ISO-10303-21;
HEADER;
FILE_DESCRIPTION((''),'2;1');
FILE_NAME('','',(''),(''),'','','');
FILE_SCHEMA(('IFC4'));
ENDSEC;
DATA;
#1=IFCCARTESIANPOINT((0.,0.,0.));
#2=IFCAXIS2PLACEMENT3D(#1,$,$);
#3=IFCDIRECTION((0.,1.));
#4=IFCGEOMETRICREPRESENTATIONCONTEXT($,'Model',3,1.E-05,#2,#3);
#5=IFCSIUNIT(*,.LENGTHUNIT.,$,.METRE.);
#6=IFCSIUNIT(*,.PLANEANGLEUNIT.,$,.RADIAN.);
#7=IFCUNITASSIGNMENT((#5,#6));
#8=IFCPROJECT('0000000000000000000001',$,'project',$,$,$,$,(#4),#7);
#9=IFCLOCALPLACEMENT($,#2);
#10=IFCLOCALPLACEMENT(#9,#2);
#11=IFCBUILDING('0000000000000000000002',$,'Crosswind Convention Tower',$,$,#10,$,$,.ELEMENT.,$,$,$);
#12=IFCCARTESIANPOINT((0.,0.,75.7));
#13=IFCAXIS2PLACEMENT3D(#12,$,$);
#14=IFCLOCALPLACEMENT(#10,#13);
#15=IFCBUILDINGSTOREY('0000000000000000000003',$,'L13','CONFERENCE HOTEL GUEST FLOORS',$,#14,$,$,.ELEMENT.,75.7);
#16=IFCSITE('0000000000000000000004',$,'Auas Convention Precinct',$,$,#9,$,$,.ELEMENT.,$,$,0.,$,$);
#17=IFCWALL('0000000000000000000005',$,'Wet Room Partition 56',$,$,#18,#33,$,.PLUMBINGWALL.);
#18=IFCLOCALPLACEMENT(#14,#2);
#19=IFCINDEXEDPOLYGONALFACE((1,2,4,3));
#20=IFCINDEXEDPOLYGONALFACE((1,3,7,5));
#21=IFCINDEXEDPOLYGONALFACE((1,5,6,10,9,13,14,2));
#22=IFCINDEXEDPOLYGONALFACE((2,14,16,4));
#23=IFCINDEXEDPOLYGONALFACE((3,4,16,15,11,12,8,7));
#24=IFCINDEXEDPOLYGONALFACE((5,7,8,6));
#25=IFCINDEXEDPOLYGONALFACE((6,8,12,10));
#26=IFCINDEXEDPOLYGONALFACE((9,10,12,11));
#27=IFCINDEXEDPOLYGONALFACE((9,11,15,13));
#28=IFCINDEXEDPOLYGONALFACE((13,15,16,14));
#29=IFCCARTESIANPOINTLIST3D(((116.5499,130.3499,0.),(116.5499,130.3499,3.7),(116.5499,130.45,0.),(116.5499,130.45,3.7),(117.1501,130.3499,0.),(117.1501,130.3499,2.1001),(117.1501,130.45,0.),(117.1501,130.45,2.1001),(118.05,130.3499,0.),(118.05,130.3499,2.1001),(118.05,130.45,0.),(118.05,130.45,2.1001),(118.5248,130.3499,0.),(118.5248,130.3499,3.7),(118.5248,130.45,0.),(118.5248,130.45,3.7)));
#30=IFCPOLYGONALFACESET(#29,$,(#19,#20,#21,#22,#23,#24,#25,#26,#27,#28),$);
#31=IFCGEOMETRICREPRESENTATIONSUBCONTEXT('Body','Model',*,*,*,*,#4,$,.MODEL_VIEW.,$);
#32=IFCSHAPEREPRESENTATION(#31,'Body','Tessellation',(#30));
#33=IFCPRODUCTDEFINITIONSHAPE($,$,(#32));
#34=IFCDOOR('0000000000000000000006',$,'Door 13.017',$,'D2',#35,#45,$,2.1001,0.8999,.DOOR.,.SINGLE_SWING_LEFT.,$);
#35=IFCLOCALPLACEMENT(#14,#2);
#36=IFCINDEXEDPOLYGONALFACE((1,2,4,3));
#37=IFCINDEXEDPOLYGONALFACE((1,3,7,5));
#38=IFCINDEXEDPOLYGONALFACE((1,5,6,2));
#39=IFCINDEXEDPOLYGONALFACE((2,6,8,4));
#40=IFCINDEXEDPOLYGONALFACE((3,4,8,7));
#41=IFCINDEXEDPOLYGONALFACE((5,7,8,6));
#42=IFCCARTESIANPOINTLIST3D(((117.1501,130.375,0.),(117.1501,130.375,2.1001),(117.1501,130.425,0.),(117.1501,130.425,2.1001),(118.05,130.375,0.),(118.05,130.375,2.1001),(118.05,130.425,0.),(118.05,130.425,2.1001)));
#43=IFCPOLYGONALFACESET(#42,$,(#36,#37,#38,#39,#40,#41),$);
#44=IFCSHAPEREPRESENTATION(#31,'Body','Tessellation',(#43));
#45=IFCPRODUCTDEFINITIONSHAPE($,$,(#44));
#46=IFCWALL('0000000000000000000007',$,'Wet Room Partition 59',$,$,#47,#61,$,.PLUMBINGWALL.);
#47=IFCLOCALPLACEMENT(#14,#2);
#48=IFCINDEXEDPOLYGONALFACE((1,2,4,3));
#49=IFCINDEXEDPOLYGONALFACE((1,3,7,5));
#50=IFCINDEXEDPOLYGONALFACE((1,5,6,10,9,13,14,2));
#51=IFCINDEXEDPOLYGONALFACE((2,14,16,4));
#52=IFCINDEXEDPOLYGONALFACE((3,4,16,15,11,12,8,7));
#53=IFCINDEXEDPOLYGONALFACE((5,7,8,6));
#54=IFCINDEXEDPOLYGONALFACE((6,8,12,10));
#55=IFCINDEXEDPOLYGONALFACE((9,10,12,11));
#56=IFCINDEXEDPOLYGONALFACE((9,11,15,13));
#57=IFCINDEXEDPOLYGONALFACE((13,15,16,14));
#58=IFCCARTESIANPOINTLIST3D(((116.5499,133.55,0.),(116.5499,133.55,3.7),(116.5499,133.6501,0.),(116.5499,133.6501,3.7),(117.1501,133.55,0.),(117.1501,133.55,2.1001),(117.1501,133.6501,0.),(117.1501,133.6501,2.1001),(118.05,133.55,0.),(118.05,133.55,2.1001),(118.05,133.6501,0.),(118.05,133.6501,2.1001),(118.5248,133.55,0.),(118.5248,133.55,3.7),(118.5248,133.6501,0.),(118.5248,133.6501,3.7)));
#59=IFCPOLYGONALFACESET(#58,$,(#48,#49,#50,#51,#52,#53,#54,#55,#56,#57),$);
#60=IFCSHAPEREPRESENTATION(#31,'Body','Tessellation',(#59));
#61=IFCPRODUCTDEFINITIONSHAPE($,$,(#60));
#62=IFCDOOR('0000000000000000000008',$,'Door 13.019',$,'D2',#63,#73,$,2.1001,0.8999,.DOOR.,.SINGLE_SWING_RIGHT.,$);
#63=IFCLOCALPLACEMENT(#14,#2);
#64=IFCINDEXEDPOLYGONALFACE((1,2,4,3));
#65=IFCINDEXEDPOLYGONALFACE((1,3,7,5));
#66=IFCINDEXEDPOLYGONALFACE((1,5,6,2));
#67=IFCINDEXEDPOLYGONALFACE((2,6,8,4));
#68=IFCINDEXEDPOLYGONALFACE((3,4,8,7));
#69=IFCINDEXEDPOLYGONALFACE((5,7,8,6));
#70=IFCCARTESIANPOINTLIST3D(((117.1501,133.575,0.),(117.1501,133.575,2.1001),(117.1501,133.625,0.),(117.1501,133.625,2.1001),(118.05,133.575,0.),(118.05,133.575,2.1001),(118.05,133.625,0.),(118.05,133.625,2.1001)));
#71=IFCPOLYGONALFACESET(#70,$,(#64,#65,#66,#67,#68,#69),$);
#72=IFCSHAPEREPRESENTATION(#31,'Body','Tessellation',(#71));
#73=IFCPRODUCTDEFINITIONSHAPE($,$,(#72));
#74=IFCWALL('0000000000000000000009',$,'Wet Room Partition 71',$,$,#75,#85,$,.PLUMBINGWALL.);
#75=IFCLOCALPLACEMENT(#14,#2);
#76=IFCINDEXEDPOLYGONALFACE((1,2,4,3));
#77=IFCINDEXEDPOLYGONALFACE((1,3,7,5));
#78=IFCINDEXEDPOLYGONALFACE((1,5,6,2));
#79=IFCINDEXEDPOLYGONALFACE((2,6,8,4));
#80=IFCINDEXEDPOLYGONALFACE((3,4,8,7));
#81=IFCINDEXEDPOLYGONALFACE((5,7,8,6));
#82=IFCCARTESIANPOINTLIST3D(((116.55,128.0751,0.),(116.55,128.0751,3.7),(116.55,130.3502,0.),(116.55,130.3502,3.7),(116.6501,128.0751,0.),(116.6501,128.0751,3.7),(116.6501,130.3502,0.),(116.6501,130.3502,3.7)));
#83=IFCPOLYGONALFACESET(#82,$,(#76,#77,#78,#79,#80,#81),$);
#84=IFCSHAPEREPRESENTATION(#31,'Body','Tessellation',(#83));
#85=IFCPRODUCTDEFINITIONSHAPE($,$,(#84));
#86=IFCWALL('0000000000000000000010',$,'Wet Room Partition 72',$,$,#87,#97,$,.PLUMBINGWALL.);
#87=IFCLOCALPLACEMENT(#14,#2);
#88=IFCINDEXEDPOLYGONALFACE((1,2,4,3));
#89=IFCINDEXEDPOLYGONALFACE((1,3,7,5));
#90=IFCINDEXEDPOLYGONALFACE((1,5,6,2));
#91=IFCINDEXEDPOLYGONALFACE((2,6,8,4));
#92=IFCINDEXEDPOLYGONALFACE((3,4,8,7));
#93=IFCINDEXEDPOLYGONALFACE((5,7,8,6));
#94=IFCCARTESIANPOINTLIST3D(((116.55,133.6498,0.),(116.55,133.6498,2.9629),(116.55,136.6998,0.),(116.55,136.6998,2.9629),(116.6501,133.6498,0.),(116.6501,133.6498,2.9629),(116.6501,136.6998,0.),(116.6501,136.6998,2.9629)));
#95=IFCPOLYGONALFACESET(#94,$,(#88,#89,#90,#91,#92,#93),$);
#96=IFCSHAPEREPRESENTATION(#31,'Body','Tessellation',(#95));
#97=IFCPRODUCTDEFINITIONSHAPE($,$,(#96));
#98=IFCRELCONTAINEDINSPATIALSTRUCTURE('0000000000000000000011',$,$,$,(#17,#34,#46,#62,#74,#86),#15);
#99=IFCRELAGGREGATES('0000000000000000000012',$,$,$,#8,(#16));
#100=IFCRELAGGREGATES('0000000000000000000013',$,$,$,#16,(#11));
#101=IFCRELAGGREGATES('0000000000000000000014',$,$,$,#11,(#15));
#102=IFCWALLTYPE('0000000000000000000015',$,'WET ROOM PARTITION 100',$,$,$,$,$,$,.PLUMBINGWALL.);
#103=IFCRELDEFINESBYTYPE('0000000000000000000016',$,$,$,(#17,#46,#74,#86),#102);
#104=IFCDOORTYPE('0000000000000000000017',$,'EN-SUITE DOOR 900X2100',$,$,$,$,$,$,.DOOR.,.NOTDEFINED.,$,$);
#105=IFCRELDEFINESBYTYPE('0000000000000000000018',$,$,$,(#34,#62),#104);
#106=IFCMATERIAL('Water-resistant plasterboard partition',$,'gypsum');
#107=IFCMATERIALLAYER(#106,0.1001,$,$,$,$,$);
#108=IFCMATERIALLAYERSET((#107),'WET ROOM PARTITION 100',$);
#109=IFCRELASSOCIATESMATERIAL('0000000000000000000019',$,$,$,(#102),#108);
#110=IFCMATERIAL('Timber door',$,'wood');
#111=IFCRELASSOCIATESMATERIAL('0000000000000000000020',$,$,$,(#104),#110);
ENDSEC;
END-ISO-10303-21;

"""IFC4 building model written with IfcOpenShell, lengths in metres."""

from ifc_helpers import new_model, si_unit, direction, frame, frame_2d, origin, place, context, subcontext, project, spatial, rectangle, extrude, material, layer, layer_set, type_object, element, fill, save


model = new_model("IFC4")

# Units and contexts
model_context = context("Model", 3, precision=1e-05, world=origin(), true_north=direction((0.0, 1.0)))
body_context = subcontext(model_context, "Body", "Model", "MODEL_VIEW")
ifc_project = project(units=[si_unit("LENGTHUNIT", "METRE"), si_unit("PLANEANGLEUNIT", "RADIAN")], contexts=[model_context])

# Site, building, storey
site_placement = place(None, origin())
site = spatial("IfcSite", under=ifc_project, at=site_placement, Name="Auas Convention Precinct", CompositionType="ELEMENT", RefElevation=0.0)
building_placement = place(site_placement, origin())
building = spatial("IfcBuilding", under=site, at=building_placement, Name="Crosswind Convention Tower", CompositionType="ELEMENT")
storey_placement = place(building_placement, frame((0.0, 0.0, 75.7)))
storey = spatial("IfcBuildingStorey", under=building, at=storey_placement, Name="L13", Description="CONFERENCE HOTEL GUEST FLOORS", CompositionType="ELEMENT", Elevation=75.7)

# Walls, openings, doors
ifc_material_1 = material(Name="Water-resistant plasterboard partition", Category="gypsum")
ifc_layer_1 = layer(ifc_material_1, 0.1001)
ifc_layer_set_1 = layer_set([ifc_layer_1], Name="WET ROOM PARTITION 100")
wall_type_1 = type_object("IfcWallType", Name="WET ROOM PARTITION 100", PredefinedType="PLUMBINGWALL", material=ifc_layer_set_1)
wall_1_placement = place(storey_placement, frame((116.55, 130.3999, 0.0), z_axis=(0.0, 0.0, 1.0), x_axis=(1.0, 0.0, 0.0)))
wall_1 = element("IfcWall", 1, at=wall_1_placement, inside=storey, type_object=wall_type_1, Name="Wet Room Partition 56", PredefinedType="PLUMBINGWALL", context=body_context, shape_type="SweptSolid", body=[
    extrude(rectangle(XDim=1.9749, YDim=0.1001, at=frame_2d((0.9873, 0.0))), origin(), (0.0, 0.0, 1.0), 3.7),
])
opening_1_placement = place(wall_1_placement, frame((0.6001, 0.0, 0.0)))
opening_1 = element("IfcOpeningElement", 2, at=opening_1_placement, cuts=wall_1, PredefinedType="OPENING", context=body_context, shape_type="SweptSolid", body=[
    extrude(rectangle(XDim=0.8999, YDim=2.1001, at=frame_2d((0.45, 1.05))), frame((0.0, 0.0601, 0.0), z_axis=(0.0, -1.0, 0.0), x_axis=(1.0, 0.0, 0.0)), (0.0, 0.0, 1.0), 0.1201),
])
ifc_material_2 = material(Name="Timber door", Category="wood")
door_type = type_object("IfcDoorType", Name="EN-SUITE DOOR 900X2100", OperationType="NOTDEFINED", PredefinedType="DOOR", material=ifc_material_2)
door_1_placement = place(opening_1_placement, frame((0.8999, 0.0, 0.0), z_axis=(0.0, 0.0, 1.0), x_axis=(-1.0, 0.0, 0.0)))
door_1 = element("IfcDoor", 3, at=door_1_placement, inside=storey, type_object=door_type, Name="Door 13.017", ObjectType="D2", OperationType="SINGLE_SWING_LEFT", OverallHeight=2.1001, OverallWidth=0.8999, PredefinedType="DOOR", context=body_context, shape_type="SweptSolid", body=[
    extrude(rectangle(XDim=0.8999, YDim=2.1001, at=frame_2d((0.45, 1.05))), frame((0.0, 0.0249, 0.0), z_axis=(0.0, -1.0, 0.0), x_axis=(1.0, 0.0, 0.0)), (0.0, 0.0, 1.0), 0.05),
])
fill(opening_1, door_1)
wall_2_placement = place(storey_placement, frame((116.55, 133.6001, 0.0), z_axis=(0.0, 0.0, 1.0), x_axis=(1.0, 0.0, 0.0)))
wall_2 = element("IfcWall", 4, at=wall_2_placement, inside=storey, type_object=wall_type_1, Name="Wet Room Partition 59", PredefinedType="PLUMBINGWALL", context=body_context, shape_type="SweptSolid", body=[
    extrude(rectangle(XDim=1.9749, YDim=0.1001, at=frame_2d((0.9873, 0.0))), origin(), (0.0, 0.0, 1.0), 3.7),
])
opening_2_placement = place(wall_2_placement, frame((0.6001, 0.0, 0.0)))
opening_2 = element("IfcOpeningElement", 5, at=opening_2_placement, cuts=wall_2, PredefinedType="OPENING", context=body_context, shape_type="SweptSolid", body=[
    extrude(rectangle(XDim=0.8999, YDim=2.1001, at=frame_2d((0.45, 1.05))), frame((0.0, 0.0601, 0.0), z_axis=(0.0, -1.0, 0.0), x_axis=(1.0, 0.0, 0.0)), (0.0, 0.0, 1.0), 0.1201),
])
door_2_placement = place(opening_2_placement, origin())
door_2 = element("IfcDoor", 6, at=door_2_placement, inside=storey, type_object=door_type, Name="Door 13.019", ObjectType="D2", OperationType="SINGLE_SWING_RIGHT", OverallHeight=2.1001, OverallWidth=0.8999, PredefinedType="DOOR", context=body_context, shape_type="SweptSolid", body=[
    extrude(rectangle(XDim=0.8999, YDim=2.1001, at=frame_2d((0.45, 1.05))), frame((0.0, 0.0249, 0.0), z_axis=(0.0, -1.0, 0.0), x_axis=(1.0, 0.0, 0.0)), (0.0, 0.0, 1.0), 0.05),
])
fill(opening_2, door_2)

# Walls
wall_3_placement = place(storey_placement, frame((116.6001, 128.075, 0.0), z_axis=(0.0, 0.0, 1.0), x_axis=(0.0, 1.0, 0.0)))
element("IfcWall", 7, at=wall_3_placement, inside=storey, type_object=wall_type_1, Name="Wet Room Partition 71", PredefinedType="PLUMBINGWALL", context=body_context, shape_type="SweptSolid", body=[
    extrude(rectangle(XDim=2.2751, YDim=0.1001, at=frame_2d((1.1377, 0.0))), origin(), (0.0, 0.0, 1.0), 3.7),
])
wall_4_placement = place(storey_placement, frame((116.6001, 133.6499, 0.0), z_axis=(0.0, 0.0, 1.0), x_axis=(0.0, 1.0, 0.0)))
element("IfcWall", 8, at=wall_4_placement, inside=storey, type_object=wall_type_1, Name="Wet Room Partition 72", PredefinedType="PLUMBINGWALL", context=body_context, shape_type="SweptSolid", body=[
    extrude(rectangle(XDim=3.05, YDim=0.1001, at=frame_2d((1.5249, 0.0))), origin(), (0.0, 0.0, 1.0), 2.9629),
])

save(model, "model.ifc")
